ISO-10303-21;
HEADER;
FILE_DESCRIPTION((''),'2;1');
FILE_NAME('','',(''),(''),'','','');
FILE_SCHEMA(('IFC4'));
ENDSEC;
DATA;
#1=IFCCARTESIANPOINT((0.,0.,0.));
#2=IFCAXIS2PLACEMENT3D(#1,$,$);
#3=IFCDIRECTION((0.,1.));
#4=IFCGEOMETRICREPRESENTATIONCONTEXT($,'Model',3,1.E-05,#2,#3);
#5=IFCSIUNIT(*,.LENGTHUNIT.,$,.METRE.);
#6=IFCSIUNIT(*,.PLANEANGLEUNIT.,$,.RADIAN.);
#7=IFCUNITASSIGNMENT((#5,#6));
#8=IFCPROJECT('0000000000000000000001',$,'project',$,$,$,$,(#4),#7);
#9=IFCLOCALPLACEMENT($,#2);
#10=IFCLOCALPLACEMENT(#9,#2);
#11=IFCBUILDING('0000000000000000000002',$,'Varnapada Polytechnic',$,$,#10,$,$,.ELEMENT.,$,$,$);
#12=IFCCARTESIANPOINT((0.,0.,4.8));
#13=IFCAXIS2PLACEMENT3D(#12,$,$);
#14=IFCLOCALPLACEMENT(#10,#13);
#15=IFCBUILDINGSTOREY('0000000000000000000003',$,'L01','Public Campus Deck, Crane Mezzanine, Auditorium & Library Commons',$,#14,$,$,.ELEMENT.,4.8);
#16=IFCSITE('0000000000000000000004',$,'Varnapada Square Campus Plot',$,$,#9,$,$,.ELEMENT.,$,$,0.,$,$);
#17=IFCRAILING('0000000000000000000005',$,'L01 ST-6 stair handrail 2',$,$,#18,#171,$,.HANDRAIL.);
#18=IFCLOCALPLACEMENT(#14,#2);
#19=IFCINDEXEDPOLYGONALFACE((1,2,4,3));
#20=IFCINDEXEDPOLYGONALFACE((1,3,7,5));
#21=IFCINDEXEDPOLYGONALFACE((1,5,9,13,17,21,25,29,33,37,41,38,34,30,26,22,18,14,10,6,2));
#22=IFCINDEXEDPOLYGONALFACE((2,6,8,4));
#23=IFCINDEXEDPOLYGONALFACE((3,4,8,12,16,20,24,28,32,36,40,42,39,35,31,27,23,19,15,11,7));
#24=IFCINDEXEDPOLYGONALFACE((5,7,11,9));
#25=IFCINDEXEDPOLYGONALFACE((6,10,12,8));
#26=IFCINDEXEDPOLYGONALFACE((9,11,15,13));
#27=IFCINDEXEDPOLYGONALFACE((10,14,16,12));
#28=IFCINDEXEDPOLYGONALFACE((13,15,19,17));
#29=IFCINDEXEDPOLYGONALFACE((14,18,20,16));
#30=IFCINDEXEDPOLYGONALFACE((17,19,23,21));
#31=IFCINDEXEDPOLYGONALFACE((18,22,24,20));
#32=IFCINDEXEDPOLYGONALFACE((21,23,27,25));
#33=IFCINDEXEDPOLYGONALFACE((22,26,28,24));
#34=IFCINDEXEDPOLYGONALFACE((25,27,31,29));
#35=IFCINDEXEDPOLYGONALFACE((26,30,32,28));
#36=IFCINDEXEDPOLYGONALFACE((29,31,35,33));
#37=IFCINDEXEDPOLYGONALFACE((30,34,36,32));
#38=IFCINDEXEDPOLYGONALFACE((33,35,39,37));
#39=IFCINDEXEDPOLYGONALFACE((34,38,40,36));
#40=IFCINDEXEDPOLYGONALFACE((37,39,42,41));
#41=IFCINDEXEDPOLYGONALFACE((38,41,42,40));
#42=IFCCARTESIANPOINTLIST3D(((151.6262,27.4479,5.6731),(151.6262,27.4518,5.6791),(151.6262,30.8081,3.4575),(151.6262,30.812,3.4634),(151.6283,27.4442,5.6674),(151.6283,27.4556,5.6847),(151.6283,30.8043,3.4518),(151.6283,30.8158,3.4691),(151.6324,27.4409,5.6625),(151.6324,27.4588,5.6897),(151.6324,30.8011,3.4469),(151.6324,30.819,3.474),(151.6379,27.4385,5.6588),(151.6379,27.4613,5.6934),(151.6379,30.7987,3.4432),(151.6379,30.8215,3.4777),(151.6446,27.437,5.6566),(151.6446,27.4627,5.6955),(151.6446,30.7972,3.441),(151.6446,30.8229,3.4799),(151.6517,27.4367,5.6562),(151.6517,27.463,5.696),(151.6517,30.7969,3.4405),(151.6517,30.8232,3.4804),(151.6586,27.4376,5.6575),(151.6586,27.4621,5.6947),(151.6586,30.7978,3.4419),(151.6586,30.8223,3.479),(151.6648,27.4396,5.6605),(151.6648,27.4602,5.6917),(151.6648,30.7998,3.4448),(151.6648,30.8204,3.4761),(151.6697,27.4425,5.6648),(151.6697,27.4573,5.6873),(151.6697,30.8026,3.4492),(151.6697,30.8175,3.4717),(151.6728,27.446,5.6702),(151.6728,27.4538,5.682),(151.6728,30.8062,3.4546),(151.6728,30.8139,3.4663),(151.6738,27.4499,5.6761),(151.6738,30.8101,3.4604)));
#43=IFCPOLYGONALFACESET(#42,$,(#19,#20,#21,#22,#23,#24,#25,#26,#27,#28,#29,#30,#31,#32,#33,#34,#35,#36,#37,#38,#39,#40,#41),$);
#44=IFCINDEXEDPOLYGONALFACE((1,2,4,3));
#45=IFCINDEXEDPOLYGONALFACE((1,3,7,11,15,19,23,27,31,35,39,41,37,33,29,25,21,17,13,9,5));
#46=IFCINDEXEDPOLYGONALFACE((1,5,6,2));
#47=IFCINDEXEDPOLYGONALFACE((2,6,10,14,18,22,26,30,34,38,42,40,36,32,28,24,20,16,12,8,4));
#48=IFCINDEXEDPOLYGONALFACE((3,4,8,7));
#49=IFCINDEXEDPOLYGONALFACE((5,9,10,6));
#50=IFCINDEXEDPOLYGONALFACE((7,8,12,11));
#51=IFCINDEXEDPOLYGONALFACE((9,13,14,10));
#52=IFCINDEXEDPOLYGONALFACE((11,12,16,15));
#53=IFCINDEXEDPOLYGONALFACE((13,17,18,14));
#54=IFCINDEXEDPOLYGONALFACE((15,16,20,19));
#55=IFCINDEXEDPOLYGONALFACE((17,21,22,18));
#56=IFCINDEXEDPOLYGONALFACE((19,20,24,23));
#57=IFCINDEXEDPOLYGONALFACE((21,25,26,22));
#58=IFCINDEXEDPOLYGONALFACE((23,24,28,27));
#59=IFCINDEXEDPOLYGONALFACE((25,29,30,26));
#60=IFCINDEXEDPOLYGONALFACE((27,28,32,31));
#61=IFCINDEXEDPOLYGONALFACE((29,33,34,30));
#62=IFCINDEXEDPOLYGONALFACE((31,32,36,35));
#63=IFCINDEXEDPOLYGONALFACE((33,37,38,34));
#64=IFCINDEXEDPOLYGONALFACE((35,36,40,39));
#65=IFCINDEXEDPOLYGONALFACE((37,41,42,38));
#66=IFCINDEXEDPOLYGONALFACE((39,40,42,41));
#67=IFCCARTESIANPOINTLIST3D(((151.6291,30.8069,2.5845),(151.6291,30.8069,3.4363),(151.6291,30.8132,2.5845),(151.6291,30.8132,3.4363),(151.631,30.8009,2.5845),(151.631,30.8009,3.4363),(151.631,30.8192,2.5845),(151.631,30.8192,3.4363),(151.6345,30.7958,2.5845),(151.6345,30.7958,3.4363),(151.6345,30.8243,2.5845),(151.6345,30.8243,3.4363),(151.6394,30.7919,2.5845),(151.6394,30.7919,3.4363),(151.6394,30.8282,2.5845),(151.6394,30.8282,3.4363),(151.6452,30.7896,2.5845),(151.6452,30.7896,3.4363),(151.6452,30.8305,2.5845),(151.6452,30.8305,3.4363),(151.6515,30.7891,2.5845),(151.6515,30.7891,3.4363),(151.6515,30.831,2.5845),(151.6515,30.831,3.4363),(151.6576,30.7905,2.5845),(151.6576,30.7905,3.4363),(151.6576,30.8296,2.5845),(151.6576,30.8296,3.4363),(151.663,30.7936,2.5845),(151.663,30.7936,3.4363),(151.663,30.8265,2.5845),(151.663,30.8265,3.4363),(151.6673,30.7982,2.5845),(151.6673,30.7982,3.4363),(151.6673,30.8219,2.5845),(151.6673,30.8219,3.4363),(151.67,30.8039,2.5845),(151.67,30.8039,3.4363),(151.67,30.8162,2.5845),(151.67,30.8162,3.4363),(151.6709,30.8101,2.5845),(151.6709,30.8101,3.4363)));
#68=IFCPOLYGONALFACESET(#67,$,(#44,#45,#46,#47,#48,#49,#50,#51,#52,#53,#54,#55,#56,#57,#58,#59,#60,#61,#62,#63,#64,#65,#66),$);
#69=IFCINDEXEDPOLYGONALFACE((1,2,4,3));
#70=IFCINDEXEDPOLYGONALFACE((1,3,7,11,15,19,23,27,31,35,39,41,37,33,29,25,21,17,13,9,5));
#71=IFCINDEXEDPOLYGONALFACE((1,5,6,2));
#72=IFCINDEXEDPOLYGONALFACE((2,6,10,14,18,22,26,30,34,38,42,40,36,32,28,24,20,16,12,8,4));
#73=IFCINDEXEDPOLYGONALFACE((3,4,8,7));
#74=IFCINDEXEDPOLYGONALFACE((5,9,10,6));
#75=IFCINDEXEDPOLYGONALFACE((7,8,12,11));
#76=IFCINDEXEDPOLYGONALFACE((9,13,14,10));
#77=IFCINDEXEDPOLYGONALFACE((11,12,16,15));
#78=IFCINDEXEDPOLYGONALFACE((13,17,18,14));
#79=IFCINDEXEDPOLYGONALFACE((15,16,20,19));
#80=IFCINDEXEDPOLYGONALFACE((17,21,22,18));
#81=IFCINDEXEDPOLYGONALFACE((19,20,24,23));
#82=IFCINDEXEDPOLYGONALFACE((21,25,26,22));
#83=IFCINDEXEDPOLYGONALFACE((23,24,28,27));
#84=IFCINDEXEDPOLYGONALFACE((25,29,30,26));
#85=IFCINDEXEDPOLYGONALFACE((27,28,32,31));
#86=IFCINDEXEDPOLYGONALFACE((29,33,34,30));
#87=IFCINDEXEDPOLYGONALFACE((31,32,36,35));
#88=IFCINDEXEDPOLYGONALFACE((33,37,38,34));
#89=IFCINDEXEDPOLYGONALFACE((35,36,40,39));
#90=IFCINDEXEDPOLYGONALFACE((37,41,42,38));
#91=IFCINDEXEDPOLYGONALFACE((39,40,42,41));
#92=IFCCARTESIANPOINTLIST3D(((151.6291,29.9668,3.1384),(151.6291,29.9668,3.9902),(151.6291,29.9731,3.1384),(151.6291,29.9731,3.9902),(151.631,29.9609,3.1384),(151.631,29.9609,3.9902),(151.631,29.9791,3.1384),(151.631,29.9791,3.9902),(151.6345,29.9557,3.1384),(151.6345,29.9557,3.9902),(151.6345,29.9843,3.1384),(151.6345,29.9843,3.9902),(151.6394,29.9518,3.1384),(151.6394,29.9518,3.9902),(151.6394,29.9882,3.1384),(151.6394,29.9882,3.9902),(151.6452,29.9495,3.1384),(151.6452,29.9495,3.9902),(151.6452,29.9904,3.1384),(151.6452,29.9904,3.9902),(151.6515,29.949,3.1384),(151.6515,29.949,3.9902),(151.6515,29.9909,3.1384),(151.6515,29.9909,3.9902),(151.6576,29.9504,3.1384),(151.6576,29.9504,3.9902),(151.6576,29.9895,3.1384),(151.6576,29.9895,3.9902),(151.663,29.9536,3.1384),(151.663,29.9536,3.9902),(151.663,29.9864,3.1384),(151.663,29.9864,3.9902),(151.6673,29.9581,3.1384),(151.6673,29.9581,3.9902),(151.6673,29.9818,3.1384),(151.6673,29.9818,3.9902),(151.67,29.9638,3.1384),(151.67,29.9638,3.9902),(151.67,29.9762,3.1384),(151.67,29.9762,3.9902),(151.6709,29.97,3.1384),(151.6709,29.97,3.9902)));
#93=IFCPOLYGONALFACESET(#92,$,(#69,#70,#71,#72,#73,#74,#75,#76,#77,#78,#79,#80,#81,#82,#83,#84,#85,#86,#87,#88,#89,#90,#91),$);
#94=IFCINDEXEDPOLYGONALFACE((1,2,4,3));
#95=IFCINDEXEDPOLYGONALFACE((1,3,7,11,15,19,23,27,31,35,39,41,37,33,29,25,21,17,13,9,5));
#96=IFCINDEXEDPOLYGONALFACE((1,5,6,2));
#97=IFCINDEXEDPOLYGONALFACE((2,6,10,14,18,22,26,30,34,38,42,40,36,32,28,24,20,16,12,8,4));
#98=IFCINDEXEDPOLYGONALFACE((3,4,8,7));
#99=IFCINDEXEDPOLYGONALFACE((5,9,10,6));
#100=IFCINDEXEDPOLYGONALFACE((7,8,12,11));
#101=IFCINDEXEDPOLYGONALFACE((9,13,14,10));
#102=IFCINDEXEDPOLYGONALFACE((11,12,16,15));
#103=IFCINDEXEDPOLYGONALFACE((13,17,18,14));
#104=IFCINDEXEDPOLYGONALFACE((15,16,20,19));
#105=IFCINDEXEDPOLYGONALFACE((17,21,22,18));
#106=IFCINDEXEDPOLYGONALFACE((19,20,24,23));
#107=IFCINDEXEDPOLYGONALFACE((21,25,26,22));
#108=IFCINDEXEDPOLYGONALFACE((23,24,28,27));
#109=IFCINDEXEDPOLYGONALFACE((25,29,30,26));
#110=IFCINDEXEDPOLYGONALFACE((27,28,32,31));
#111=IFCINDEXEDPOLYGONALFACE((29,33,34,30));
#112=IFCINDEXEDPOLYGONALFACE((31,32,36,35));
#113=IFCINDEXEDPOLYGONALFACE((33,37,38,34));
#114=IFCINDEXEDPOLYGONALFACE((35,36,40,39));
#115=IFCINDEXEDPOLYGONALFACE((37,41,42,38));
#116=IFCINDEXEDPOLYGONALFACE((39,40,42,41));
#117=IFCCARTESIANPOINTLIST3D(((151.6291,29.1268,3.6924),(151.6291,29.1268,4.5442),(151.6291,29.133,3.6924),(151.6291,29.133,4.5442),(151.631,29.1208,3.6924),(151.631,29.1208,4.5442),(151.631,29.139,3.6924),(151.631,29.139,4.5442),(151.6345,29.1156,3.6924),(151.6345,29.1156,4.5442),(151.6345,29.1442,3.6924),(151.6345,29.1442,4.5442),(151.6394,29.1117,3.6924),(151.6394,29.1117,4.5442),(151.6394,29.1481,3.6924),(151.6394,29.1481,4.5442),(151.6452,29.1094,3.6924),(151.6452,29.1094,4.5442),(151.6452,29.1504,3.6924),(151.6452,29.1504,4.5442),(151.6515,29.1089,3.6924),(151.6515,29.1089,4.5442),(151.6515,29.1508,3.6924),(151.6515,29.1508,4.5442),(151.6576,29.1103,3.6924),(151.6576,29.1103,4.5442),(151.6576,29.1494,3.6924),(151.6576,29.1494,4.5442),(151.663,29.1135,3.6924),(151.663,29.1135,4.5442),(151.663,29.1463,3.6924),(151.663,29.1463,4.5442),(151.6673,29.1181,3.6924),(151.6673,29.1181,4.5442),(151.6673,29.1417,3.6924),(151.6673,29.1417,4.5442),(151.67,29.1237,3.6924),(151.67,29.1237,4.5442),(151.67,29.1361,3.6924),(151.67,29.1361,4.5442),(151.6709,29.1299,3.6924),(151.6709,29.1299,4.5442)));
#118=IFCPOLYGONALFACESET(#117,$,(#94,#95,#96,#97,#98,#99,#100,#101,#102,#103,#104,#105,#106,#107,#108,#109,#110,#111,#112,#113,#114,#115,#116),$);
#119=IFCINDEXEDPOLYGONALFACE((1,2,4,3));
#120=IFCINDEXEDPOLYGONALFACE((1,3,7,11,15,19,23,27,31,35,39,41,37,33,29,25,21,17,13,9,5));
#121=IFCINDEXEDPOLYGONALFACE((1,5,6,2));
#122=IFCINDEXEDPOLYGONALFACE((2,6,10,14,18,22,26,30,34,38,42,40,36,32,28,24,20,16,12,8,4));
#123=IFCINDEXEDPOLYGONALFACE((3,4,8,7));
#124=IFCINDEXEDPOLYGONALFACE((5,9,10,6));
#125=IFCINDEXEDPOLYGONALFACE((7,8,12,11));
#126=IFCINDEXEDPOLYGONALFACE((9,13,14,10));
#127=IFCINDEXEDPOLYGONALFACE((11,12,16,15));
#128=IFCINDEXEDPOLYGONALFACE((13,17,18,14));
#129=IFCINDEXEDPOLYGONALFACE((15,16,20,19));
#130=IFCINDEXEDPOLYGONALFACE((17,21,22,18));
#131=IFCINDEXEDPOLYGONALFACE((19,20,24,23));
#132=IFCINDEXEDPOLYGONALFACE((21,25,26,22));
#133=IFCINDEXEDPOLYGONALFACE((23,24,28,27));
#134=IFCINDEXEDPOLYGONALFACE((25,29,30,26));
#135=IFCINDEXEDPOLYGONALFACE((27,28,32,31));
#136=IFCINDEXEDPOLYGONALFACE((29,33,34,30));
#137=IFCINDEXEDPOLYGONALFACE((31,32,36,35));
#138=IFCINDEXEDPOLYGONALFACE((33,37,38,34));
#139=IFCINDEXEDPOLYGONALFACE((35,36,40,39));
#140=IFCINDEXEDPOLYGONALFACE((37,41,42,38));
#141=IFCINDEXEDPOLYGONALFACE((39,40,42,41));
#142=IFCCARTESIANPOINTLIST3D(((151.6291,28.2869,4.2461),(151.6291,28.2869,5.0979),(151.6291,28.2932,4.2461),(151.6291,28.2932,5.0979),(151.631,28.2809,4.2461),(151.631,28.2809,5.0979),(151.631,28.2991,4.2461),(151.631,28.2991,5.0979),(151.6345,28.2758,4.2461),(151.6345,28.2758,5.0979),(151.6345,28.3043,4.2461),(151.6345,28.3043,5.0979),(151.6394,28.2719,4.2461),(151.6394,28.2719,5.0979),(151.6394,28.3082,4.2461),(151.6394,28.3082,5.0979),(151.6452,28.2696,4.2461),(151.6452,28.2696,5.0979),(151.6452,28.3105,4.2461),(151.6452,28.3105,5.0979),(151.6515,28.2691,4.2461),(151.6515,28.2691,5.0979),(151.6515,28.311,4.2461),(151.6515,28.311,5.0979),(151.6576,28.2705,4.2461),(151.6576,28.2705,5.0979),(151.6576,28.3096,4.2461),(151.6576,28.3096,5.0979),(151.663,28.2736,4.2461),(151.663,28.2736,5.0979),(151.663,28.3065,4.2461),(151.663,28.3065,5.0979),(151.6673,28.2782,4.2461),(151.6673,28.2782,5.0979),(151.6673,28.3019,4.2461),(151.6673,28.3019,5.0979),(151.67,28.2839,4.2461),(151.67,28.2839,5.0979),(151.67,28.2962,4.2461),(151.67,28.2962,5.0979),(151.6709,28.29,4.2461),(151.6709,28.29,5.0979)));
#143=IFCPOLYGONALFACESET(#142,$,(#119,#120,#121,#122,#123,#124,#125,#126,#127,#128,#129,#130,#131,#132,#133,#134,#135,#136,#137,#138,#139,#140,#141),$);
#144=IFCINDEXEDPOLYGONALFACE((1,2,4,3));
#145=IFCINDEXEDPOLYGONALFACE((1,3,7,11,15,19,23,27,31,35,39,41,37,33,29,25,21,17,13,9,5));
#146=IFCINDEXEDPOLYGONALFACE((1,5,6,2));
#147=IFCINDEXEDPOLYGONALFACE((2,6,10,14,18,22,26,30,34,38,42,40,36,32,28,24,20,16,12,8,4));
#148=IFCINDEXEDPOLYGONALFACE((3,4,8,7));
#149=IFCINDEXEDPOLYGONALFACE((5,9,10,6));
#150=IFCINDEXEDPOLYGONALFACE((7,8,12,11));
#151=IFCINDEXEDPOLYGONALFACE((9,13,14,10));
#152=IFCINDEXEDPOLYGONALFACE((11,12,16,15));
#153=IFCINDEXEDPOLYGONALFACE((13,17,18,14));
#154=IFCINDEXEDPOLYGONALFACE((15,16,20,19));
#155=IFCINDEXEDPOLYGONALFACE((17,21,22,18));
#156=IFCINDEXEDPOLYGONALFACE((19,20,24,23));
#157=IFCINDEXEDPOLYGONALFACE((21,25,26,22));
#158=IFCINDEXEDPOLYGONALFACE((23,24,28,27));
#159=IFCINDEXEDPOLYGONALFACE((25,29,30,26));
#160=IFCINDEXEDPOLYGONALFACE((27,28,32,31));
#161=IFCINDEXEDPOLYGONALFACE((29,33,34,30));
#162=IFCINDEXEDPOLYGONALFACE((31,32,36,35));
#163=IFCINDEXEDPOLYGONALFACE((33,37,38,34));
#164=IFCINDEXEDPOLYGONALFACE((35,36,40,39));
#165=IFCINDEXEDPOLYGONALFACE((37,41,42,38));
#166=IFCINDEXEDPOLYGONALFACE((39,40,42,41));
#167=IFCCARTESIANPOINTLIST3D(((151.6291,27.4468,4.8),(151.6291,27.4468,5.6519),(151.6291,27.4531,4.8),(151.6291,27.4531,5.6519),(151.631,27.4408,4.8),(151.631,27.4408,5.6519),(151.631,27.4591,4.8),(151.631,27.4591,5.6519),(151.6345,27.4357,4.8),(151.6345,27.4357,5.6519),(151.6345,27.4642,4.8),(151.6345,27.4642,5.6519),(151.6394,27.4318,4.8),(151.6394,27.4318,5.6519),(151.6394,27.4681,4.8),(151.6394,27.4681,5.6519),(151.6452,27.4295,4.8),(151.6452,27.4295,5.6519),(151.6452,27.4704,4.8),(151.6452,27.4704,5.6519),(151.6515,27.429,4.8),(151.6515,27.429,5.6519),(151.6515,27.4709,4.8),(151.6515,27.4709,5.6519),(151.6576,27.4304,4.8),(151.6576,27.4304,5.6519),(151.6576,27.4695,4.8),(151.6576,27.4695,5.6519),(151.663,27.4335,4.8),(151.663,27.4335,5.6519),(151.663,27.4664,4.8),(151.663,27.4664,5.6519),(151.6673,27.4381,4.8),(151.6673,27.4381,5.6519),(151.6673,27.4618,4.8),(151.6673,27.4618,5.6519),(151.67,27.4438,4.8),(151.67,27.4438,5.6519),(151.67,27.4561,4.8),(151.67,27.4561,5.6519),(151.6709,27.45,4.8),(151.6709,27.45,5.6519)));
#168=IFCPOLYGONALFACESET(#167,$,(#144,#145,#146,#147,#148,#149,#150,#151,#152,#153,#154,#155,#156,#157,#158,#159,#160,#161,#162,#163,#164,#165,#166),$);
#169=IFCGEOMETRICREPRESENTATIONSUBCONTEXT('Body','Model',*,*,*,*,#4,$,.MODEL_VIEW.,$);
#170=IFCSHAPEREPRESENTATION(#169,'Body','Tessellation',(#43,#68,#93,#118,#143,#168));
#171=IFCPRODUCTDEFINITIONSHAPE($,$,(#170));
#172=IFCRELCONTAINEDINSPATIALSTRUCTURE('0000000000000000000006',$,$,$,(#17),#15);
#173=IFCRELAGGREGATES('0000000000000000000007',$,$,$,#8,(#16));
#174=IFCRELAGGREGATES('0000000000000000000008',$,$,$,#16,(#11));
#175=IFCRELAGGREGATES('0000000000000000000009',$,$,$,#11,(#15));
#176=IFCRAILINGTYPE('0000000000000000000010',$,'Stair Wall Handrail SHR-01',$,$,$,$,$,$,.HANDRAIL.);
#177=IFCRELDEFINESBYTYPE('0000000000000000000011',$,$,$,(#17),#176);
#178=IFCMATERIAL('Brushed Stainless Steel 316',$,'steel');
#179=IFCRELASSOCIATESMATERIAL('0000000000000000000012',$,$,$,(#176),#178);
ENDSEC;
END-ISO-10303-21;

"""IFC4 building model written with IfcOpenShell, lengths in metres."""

from ifc_helpers import new_model, si_unit, direction, frame, origin, origin_2d, place, context, subcontext, project, spatial, circle, extrude, material, type_object, element, save


model = new_model("IFC4")

# Units and contexts
model_context = context("Model", 3, precision=1e-05, world=origin(), true_north=direction((0.0, 1.0)))
body_context = subcontext(model_context, "Body", "Model", "MODEL_VIEW")
ifc_project = project(units=[si_unit("LENGTHUNIT", "METRE"), si_unit("PLANEANGLEUNIT", "RADIAN")], contexts=[model_context])

# Site, building, storey
site_placement = place(None, origin())
site = spatial("IfcSite", under=ifc_project, at=site_placement, Name="Varnapada Square Campus Plot", CompositionType="ELEMENT", RefElevation=0.0)
building_placement = place(site_placement, origin())
building = spatial("IfcBuilding", under=site, at=building_placement, Name="Varnapada Polytechnic", CompositionType="ELEMENT")
storey_placement = place(building_placement, frame((0.0, 0.0, 4.8)))
storey = spatial("IfcBuildingStorey", under=building, at=storey_placement, Name="L01", Description="Public Campus Deck, Crane Mezzanine, Auditorium & Library Commons", CompositionType="ELEMENT", Elevation=4.8)

# Shared definitions
ifc_material_1 = material(Name="Brushed Stainless Steel 316", Category="steel")

# Railing
railing_type_1 = type_object("IfcRailingType", Name="Stair Wall Handrail SHR-01", PredefinedType="HANDRAIL", material=ifc_material_1)
railing_1_placement = place(storey_placement, frame((151.6499, 30.8101, 2.5845)))
element("IfcRailing", 1, at=railing_1_placement, inside=storey, type_object=railing_type_1, Name="L01 ST-6 stair handrail 2", PredefinedType="HANDRAIL", context=body_context, shape_type="SweptSolid", body=[
    extrude(circle(Radius=0.0239, at=origin_2d()), frame((0.0, 0.0, 0.876), z_axis=(0.0, -0.834849, 0.55048), x_axis=(1.0, 0.0, 0.0)), (0.0, 0.0, 1.0), 4.0249),
    extrude(circle(Radius=0.021, at=origin_2d()), origin(), (0.0, 0.0, 1.0), 0.8518),
    extrude(circle(Radius=0.021, at=origin_2d()), frame((0.0, -0.8401, 0.554)), (0.0, 0.0, 1.0), 0.8518),
    extrude(circle(Radius=0.021, at=origin_2d()), frame((0.0, -1.6802, 1.1079)), (0.0, 0.0, 1.0), 0.8518),
    extrude(circle(Radius=0.021, at=origin_2d()), frame((0.0, -2.52, 1.6616)), (0.0, 0.0, 1.0), 0.8518),
    extrude(circle(Radius=0.021, at=origin_2d()), frame((0.0, -3.3601, 2.2156)), (0.0, 0.0, 1.0), 0.8518),
])

save(model, "model.ifc")
